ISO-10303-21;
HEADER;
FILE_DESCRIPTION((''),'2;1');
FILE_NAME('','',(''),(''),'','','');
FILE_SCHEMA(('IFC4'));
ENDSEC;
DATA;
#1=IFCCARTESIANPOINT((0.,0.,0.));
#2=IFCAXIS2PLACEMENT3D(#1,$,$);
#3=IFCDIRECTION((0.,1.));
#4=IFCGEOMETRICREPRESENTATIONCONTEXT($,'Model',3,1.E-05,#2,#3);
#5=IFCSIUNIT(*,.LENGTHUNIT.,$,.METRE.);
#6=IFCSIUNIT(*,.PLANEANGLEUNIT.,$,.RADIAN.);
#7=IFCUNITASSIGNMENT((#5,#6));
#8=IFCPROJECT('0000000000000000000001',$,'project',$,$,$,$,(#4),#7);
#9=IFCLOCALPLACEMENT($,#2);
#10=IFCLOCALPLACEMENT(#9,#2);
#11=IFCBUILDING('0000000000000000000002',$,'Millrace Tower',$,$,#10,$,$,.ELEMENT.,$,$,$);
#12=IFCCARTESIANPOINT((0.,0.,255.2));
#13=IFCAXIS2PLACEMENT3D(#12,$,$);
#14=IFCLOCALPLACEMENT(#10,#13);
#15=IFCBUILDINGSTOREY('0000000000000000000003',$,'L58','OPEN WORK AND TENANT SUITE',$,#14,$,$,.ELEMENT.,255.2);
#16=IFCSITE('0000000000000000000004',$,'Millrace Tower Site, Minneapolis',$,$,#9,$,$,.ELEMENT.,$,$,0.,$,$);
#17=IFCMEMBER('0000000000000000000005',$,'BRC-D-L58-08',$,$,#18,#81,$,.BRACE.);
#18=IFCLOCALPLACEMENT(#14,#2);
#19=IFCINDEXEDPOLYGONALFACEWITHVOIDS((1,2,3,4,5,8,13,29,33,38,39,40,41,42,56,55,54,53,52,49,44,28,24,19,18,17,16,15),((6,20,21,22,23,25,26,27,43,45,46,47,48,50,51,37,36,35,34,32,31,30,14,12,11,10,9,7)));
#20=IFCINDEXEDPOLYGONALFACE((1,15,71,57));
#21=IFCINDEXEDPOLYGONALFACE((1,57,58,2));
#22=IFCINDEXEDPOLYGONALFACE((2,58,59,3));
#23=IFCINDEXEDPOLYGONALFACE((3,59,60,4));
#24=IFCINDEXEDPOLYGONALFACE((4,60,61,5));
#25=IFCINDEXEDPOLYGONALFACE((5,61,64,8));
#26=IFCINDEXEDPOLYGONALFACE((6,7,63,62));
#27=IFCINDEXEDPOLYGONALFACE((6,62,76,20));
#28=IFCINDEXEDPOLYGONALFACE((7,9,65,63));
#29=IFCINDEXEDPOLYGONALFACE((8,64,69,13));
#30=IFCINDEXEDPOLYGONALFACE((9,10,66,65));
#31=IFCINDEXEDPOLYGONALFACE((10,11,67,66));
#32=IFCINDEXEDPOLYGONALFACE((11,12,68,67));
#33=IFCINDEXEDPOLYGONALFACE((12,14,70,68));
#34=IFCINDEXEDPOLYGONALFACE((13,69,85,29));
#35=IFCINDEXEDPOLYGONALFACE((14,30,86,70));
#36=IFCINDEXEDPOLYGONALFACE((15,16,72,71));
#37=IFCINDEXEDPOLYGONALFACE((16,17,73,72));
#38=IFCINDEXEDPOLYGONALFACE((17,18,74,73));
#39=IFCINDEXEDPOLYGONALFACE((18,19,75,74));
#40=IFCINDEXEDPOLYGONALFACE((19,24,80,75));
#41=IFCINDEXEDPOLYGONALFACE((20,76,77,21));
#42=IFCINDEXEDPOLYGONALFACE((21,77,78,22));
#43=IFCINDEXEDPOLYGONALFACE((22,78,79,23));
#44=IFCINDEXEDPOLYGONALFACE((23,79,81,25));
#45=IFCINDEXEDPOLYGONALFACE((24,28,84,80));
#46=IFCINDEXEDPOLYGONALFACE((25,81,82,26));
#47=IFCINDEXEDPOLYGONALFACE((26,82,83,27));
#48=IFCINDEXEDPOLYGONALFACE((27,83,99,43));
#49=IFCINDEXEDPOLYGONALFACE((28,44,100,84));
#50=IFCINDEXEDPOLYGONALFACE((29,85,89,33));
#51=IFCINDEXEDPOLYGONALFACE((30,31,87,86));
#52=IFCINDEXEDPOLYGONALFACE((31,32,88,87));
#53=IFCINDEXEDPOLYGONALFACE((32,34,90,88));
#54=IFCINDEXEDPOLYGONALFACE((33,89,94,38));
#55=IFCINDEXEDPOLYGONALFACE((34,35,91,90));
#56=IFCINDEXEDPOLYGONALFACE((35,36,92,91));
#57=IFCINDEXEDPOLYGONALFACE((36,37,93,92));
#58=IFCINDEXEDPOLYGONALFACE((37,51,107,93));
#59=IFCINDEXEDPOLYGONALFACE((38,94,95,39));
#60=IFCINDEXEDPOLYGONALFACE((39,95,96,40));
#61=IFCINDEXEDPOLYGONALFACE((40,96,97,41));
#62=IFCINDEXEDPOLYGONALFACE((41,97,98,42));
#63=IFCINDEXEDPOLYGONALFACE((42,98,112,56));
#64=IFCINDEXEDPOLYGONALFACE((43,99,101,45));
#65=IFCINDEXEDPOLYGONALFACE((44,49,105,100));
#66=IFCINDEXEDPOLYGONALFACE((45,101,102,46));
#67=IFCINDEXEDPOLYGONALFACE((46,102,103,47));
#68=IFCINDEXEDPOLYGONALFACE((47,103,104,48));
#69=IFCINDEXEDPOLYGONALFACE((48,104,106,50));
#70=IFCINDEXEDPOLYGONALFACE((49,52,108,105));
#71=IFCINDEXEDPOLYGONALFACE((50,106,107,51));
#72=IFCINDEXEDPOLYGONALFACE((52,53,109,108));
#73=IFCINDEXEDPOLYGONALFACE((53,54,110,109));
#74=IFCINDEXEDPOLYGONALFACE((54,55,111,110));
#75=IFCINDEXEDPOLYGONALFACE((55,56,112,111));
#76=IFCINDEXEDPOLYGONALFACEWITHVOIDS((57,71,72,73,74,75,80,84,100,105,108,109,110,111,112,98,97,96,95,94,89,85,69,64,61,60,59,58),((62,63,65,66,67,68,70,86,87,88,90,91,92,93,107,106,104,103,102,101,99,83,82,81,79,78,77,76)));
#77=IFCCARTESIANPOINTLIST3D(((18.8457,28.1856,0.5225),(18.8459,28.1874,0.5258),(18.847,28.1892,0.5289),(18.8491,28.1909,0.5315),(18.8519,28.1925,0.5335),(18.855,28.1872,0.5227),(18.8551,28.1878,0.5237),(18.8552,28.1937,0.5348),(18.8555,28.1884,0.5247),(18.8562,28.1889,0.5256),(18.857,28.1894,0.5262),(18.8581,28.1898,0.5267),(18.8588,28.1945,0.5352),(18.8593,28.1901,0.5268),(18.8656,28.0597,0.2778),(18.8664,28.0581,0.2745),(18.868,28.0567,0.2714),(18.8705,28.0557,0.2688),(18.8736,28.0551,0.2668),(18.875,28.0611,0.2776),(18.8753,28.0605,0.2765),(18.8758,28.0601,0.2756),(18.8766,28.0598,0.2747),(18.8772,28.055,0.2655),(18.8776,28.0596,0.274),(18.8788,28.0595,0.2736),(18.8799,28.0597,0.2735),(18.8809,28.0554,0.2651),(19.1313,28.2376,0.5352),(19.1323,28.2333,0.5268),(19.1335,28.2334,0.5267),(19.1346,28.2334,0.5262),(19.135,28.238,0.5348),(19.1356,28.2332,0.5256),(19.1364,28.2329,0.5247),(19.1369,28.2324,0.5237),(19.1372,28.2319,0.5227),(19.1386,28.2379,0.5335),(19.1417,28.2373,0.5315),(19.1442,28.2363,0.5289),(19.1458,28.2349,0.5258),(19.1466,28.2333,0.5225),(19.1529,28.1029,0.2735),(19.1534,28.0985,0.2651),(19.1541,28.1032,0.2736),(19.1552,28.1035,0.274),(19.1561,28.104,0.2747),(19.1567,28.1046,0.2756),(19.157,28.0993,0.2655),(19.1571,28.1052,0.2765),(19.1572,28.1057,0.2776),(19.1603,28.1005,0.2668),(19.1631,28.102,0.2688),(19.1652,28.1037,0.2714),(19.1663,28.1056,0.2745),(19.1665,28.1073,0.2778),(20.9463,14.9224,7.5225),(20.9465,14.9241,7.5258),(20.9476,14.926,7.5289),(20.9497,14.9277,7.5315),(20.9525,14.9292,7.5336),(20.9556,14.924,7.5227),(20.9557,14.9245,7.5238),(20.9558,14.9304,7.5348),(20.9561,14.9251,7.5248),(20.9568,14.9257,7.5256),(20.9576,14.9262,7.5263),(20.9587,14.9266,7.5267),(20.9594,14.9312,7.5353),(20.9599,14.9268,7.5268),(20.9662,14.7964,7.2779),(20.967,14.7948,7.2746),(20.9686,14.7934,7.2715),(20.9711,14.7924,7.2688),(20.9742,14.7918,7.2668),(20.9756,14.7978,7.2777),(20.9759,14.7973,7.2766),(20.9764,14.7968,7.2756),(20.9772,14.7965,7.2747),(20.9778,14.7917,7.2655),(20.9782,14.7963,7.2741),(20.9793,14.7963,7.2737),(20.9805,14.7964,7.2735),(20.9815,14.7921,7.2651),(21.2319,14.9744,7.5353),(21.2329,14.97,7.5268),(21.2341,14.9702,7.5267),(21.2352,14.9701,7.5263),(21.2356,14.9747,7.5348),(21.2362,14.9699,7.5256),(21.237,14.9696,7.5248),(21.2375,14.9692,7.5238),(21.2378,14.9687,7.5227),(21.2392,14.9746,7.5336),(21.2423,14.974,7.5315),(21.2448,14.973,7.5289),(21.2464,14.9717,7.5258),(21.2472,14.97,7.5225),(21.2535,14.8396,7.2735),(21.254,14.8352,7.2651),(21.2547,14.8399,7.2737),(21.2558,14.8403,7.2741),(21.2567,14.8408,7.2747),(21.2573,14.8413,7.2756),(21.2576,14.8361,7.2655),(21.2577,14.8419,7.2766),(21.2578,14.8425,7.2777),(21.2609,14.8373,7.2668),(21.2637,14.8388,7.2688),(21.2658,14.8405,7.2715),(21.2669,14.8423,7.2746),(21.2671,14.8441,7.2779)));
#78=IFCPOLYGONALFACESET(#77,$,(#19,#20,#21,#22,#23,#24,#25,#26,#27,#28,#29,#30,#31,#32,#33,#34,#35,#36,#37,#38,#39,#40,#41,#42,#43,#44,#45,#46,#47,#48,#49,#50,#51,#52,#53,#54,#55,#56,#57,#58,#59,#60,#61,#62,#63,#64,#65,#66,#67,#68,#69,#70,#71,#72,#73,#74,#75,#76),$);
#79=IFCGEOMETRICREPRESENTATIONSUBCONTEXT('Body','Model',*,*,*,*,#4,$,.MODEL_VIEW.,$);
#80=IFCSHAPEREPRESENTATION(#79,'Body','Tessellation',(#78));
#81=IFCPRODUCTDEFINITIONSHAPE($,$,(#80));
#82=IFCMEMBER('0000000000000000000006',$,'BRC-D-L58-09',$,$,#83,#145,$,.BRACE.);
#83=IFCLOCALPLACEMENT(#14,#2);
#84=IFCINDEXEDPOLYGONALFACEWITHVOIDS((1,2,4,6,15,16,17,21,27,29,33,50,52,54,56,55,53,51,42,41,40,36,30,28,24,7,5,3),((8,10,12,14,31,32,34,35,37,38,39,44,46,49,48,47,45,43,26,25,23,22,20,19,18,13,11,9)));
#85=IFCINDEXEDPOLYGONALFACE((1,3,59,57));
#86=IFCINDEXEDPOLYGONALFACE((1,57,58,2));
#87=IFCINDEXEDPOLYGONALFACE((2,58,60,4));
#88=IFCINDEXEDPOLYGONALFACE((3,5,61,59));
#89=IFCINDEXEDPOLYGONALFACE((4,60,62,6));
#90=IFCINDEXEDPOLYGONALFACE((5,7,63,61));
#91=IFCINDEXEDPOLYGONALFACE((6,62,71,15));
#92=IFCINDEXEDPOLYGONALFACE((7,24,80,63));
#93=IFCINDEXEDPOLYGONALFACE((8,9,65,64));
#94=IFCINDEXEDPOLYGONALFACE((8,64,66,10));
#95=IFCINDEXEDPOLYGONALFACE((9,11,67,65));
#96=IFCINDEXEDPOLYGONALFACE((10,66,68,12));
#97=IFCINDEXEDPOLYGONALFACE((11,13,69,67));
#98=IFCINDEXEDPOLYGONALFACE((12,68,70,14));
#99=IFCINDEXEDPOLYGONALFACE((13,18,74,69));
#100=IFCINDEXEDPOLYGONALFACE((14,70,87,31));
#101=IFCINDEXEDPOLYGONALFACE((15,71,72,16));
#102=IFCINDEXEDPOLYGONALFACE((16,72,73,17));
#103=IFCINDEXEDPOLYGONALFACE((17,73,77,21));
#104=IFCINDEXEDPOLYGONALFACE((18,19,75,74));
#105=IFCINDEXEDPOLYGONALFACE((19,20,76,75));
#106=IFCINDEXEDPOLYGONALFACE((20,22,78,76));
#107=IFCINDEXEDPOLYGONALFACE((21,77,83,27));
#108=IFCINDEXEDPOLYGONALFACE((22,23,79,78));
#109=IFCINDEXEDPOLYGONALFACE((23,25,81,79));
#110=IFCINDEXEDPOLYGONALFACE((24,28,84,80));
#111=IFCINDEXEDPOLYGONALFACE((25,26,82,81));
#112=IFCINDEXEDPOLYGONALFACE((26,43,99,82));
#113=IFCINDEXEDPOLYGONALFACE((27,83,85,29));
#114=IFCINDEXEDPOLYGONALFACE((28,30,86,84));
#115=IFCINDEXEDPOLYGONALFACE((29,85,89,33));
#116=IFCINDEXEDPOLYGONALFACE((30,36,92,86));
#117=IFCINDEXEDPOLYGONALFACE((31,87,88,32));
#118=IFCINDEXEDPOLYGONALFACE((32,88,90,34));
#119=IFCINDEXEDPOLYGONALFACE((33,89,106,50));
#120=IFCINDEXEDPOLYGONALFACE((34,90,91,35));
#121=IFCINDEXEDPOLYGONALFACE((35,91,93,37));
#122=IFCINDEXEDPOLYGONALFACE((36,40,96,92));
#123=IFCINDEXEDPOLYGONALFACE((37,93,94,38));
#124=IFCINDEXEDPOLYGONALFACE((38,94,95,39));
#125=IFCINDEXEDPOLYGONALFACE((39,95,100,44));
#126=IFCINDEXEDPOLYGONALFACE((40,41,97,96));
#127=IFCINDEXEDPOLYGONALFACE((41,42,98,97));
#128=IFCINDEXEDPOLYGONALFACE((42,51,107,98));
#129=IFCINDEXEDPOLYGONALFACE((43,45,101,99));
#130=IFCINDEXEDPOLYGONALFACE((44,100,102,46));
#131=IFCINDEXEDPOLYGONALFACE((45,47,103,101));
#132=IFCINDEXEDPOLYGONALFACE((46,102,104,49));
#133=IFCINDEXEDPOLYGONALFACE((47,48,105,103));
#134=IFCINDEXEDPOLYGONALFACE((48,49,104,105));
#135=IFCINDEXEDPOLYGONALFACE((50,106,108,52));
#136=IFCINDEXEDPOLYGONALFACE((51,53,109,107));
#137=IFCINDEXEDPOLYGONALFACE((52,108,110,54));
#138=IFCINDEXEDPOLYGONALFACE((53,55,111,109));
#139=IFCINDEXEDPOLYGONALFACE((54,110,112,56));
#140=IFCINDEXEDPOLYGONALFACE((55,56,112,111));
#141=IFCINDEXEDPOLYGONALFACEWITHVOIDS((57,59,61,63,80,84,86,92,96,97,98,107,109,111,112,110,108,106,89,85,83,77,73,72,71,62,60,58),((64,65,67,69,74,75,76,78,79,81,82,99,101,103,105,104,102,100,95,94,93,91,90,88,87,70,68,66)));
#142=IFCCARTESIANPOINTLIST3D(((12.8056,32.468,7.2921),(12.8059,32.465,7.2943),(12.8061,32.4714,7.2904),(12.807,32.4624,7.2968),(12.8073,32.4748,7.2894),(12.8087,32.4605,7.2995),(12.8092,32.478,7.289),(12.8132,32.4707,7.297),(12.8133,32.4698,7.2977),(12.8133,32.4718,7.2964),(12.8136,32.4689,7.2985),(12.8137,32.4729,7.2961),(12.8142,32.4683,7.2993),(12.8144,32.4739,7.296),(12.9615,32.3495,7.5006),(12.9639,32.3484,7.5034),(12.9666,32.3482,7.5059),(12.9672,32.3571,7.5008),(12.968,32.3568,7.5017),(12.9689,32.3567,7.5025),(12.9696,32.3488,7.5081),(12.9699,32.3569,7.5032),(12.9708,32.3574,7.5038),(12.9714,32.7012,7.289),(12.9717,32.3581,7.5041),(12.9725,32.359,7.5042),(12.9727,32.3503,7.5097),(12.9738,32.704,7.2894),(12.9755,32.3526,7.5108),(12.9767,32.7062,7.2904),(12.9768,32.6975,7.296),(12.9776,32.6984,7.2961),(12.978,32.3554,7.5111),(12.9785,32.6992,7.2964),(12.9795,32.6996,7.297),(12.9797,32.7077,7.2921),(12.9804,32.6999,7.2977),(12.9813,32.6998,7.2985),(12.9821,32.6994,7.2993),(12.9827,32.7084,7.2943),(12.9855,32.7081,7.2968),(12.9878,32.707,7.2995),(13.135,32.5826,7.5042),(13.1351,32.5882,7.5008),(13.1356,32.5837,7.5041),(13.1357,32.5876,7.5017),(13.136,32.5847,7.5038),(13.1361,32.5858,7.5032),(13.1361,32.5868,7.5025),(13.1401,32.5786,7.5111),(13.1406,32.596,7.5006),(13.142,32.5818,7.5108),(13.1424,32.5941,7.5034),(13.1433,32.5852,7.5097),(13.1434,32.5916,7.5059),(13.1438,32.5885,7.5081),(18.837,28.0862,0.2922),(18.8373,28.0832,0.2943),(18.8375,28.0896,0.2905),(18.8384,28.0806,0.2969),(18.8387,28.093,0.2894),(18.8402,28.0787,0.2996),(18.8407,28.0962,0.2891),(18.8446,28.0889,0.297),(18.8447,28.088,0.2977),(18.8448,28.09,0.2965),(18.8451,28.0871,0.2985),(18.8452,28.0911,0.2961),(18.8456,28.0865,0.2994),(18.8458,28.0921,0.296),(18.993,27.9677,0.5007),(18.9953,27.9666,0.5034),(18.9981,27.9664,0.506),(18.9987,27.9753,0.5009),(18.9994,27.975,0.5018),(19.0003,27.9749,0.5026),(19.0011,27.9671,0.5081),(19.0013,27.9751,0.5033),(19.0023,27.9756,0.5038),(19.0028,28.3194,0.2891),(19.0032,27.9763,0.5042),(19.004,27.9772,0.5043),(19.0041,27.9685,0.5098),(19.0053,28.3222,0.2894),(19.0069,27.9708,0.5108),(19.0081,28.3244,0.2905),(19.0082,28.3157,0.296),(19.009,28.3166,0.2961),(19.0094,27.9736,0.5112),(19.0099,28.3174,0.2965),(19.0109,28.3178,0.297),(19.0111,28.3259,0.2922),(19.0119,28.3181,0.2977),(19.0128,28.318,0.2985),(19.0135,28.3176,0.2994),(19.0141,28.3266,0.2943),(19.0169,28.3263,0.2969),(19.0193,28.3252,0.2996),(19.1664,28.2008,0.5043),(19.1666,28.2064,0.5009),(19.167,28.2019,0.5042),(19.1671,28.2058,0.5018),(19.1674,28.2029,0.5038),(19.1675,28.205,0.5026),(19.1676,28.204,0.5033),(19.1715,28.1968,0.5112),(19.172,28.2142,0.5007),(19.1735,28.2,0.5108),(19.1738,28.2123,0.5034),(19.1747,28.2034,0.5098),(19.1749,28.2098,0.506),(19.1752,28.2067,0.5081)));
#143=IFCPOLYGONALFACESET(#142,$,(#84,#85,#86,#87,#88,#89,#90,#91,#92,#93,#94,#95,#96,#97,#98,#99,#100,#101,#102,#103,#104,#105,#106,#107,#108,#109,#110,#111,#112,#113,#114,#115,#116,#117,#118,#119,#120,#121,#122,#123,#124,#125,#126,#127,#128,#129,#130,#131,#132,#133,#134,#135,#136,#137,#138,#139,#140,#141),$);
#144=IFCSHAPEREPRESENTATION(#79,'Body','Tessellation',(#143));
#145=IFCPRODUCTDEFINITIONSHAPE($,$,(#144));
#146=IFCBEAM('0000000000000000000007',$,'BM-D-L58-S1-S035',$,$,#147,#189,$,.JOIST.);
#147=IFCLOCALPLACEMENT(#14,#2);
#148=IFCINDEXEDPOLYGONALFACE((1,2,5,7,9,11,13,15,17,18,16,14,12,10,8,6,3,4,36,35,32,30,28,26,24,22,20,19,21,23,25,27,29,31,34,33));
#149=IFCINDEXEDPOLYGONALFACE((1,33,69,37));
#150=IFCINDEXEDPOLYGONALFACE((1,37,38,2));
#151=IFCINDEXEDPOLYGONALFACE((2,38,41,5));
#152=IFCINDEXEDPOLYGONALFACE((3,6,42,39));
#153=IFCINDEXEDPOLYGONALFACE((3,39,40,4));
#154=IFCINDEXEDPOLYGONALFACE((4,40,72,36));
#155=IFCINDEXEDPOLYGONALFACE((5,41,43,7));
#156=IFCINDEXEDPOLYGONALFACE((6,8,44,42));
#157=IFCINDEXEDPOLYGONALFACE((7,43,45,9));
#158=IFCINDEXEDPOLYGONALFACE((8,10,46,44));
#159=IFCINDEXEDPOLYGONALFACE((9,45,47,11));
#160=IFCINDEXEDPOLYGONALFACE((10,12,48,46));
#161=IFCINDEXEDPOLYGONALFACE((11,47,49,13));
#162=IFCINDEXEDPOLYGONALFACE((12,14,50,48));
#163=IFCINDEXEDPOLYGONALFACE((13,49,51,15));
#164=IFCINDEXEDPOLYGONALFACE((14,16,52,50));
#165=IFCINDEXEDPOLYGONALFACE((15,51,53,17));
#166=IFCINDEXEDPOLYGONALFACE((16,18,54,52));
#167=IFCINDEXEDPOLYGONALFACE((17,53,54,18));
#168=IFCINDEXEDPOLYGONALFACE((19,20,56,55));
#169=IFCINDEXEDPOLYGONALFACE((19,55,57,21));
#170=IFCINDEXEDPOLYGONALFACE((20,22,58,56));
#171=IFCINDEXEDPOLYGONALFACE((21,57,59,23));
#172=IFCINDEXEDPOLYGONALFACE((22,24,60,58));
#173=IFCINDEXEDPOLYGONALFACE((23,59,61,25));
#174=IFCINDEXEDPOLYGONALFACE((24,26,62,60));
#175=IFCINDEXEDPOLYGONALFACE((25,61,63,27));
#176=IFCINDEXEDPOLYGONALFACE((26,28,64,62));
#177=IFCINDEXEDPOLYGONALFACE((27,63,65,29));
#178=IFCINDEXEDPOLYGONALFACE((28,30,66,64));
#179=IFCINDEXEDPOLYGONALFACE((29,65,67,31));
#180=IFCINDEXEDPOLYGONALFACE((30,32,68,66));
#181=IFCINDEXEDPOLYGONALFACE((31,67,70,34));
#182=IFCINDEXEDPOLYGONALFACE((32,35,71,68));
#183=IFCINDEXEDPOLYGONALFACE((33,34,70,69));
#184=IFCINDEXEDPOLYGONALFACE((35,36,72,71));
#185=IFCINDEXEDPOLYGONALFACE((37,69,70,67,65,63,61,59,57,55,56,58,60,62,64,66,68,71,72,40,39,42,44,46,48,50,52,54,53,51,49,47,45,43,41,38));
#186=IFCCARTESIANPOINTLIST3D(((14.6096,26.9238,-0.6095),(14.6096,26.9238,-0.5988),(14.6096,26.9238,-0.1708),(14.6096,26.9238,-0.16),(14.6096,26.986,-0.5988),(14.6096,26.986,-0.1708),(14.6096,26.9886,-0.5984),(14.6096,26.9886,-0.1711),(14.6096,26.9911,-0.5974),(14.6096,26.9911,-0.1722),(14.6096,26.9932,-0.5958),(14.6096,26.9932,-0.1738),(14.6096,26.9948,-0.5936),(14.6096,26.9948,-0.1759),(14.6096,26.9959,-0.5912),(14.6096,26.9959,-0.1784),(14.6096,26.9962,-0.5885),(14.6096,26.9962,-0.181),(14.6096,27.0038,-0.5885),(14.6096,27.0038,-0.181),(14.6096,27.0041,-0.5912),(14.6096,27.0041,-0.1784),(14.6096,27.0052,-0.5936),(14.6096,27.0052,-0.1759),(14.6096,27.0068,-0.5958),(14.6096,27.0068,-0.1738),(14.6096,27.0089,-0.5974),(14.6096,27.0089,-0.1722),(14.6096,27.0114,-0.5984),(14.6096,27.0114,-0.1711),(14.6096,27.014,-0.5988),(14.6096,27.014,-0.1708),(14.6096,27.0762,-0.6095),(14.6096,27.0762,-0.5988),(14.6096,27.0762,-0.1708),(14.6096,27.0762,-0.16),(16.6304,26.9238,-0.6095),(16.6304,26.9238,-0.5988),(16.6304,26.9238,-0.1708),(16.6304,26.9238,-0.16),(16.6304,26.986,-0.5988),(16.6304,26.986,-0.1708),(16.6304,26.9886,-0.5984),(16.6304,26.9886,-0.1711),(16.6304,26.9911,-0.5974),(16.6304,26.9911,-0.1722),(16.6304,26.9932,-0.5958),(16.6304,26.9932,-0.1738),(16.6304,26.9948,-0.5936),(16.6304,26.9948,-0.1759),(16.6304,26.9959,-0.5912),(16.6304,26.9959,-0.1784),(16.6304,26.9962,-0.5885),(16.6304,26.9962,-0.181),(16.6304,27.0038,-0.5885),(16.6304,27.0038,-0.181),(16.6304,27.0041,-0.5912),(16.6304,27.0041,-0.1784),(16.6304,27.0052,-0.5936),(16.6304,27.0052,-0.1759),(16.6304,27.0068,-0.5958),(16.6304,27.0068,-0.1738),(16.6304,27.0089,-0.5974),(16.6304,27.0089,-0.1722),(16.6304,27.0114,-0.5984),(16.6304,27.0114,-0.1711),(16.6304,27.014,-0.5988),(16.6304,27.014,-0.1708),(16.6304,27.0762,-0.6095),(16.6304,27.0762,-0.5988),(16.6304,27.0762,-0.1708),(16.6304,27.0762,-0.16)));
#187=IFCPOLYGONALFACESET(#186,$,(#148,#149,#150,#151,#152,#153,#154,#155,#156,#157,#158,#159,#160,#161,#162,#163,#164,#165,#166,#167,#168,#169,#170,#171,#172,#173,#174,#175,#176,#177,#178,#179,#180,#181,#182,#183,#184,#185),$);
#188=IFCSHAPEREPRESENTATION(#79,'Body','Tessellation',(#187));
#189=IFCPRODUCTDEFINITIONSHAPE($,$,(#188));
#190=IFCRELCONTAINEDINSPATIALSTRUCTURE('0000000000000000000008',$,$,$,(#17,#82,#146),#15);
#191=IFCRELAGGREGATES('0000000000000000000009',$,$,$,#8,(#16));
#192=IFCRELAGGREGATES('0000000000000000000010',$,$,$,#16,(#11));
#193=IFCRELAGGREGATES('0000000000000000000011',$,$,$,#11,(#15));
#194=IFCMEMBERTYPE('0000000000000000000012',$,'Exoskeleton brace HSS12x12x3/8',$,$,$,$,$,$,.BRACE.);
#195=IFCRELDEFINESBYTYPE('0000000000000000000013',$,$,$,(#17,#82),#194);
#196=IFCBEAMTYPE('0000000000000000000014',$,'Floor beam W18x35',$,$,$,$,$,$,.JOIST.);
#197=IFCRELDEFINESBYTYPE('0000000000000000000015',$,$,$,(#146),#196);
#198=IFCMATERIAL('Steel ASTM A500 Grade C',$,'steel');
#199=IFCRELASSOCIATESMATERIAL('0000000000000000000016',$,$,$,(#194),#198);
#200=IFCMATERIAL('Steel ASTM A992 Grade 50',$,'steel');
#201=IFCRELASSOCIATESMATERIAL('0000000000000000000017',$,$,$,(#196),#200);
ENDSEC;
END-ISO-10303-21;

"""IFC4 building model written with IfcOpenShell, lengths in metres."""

from ifc_helpers import new_model, si_unit, direction, frame, origin, origin_2d, place, context, subcontext, project, spatial, hollow_rectangle, i_section, extrude, material, material_profile, profile_set, type_object, element, save


model = new_model("IFC4")

# Units and contexts
model_context = context("Model", 3, precision=1e-05, world=origin(), true_north=direction((0.0, 1.0)))
body_context = subcontext(model_context, "Body", "Model", "MODEL_VIEW")
ifc_project = project(units=[si_unit("LENGTHUNIT", "METRE"), si_unit("PLANEANGLEUNIT", "RADIAN")], contexts=[model_context])

# Site, building, storey
site_placement = place(None, origin())
site = spatial("IfcSite", under=ifc_project, at=site_placement, Name="Millrace Tower Site, Minneapolis", CompositionType="ELEMENT", RefElevation=0.0)
building_placement = place(site_placement, origin())
building = spatial("IfcBuilding", under=site, at=building_placement, Name="Millrace Tower", CompositionType="ELEMENT")
storey_placement = place(building_placement, frame((0.0, 0.0, 255.2)))
storey = spatial("IfcBuildingStorey", under=building, at=storey_placement, Name="L58", Description="OPEN WORK AND TENANT SUITE", CompositionType="ELEMENT", Elevation=255.2)

# Members
ifc_material_1 = material(Name="Steel ASTM A500 Grade C", Category="steel")
ifc_material_profile_1 = material_profile(ifc_material_1, hollow_rectangle(XDim=0.3047, YDim=0.3047, WallThickness=0.0095, InnerFilletRadius=0.0046, OuterFilletRadius=0.0144, at=origin_2d()))
ifc_profile_set_1 = profile_set([ifc_material_profile_1], Name="Steel ASTM A500 Grade C")
member_type_1 = type_object("IfcMemberType", Name="Exoskeleton brace HSS12x12x3/8", PredefinedType="BRACE", material=ifc_profile_set_1)
member_1_placement = place(storey_placement, frame((19.0061, 28.1465, 0.4001), z_axis=(0.138712, -0.875836, 0.462246), x_axis=(0.987689, 0.156427, 0.0)))
element("IfcMember", 1, at=member_1_placement, inside=storey, type_object=member_type_1, Name="BRC-D-L58-08", PredefinedType="BRACE", context=body_context, shape_type="SweptSolid", body=[
    extrude(hollow_rectangle(XDim=0.3047, YDim=0.3047, WallThickness=0.0095, InnerFilletRadius=0.0046, OuterFilletRadius=0.0144, at=origin_2d()), origin(), (0.0, 0.0, 1.0), 15.1436),
])
member_2_placement = place(storey_placement, frame((19.0061, 28.1465, 0.4001), z_axis=(-0.589796, 0.428482, 0.684502), x_axis=(-0.587759, -0.809036, 0.0)))
element("IfcMember", 2, at=member_2_placement, inside=storey, type_object=member_type_1, Name="BRC-D-L58-09", PredefinedType="BRACE", context=body_context, shape_type="SweptSolid", body=[
    extrude(hollow_rectangle(XDim=0.3047, YDim=0.3047, WallThickness=0.0095, InnerFilletRadius=0.0046, OuterFilletRadius=0.0144, at=origin_2d()), origin(), (0.0, 0.0, 1.0), 10.2263),
])

# Beam
ifc_material_2 = material(Name="Steel ASTM A992 Grade 50", Category="steel")
ifc_material_profile_2 = material_profile(ifc_material_2, i_section(OverallWidth=0.1523, OverallDepth=0.4495, WebThickness=0.0076, FlangeThickness=0.0107, FilletRadius=0.0103, at=origin_2d()))
ifc_profile_set_2 = profile_set([ifc_material_profile_2], Name="Steel ASTM A992 Grade 50")
beam_type_1 = type_object("IfcBeamType", Name="Floor beam W18x35", PredefinedType="JOIST", material=ifc_profile_set_2)
beam_1_placement = place(storey_placement, frame((14.6096, 27.0, -0.3848), z_axis=(1.0, 0.0, 0.0), x_axis=(0.0, 1.0, 0.0)))
element("IfcBeam", 3, at=beam_1_placement, inside=storey, type_object=beam_type_1, Name="BM-D-L58-S1-S035", PredefinedType="JOIST", context=body_context, shape_type="SweptSolid", body=[
    extrude(i_section(OverallWidth=0.1523, OverallDepth=0.4495, WebThickness=0.0076, FlangeThickness=0.0107, FilletRadius=0.0103, at=origin_2d()), origin(), (0.0, 0.0, 1.0), 2.0208),
])

save(model, "model.ifc")
